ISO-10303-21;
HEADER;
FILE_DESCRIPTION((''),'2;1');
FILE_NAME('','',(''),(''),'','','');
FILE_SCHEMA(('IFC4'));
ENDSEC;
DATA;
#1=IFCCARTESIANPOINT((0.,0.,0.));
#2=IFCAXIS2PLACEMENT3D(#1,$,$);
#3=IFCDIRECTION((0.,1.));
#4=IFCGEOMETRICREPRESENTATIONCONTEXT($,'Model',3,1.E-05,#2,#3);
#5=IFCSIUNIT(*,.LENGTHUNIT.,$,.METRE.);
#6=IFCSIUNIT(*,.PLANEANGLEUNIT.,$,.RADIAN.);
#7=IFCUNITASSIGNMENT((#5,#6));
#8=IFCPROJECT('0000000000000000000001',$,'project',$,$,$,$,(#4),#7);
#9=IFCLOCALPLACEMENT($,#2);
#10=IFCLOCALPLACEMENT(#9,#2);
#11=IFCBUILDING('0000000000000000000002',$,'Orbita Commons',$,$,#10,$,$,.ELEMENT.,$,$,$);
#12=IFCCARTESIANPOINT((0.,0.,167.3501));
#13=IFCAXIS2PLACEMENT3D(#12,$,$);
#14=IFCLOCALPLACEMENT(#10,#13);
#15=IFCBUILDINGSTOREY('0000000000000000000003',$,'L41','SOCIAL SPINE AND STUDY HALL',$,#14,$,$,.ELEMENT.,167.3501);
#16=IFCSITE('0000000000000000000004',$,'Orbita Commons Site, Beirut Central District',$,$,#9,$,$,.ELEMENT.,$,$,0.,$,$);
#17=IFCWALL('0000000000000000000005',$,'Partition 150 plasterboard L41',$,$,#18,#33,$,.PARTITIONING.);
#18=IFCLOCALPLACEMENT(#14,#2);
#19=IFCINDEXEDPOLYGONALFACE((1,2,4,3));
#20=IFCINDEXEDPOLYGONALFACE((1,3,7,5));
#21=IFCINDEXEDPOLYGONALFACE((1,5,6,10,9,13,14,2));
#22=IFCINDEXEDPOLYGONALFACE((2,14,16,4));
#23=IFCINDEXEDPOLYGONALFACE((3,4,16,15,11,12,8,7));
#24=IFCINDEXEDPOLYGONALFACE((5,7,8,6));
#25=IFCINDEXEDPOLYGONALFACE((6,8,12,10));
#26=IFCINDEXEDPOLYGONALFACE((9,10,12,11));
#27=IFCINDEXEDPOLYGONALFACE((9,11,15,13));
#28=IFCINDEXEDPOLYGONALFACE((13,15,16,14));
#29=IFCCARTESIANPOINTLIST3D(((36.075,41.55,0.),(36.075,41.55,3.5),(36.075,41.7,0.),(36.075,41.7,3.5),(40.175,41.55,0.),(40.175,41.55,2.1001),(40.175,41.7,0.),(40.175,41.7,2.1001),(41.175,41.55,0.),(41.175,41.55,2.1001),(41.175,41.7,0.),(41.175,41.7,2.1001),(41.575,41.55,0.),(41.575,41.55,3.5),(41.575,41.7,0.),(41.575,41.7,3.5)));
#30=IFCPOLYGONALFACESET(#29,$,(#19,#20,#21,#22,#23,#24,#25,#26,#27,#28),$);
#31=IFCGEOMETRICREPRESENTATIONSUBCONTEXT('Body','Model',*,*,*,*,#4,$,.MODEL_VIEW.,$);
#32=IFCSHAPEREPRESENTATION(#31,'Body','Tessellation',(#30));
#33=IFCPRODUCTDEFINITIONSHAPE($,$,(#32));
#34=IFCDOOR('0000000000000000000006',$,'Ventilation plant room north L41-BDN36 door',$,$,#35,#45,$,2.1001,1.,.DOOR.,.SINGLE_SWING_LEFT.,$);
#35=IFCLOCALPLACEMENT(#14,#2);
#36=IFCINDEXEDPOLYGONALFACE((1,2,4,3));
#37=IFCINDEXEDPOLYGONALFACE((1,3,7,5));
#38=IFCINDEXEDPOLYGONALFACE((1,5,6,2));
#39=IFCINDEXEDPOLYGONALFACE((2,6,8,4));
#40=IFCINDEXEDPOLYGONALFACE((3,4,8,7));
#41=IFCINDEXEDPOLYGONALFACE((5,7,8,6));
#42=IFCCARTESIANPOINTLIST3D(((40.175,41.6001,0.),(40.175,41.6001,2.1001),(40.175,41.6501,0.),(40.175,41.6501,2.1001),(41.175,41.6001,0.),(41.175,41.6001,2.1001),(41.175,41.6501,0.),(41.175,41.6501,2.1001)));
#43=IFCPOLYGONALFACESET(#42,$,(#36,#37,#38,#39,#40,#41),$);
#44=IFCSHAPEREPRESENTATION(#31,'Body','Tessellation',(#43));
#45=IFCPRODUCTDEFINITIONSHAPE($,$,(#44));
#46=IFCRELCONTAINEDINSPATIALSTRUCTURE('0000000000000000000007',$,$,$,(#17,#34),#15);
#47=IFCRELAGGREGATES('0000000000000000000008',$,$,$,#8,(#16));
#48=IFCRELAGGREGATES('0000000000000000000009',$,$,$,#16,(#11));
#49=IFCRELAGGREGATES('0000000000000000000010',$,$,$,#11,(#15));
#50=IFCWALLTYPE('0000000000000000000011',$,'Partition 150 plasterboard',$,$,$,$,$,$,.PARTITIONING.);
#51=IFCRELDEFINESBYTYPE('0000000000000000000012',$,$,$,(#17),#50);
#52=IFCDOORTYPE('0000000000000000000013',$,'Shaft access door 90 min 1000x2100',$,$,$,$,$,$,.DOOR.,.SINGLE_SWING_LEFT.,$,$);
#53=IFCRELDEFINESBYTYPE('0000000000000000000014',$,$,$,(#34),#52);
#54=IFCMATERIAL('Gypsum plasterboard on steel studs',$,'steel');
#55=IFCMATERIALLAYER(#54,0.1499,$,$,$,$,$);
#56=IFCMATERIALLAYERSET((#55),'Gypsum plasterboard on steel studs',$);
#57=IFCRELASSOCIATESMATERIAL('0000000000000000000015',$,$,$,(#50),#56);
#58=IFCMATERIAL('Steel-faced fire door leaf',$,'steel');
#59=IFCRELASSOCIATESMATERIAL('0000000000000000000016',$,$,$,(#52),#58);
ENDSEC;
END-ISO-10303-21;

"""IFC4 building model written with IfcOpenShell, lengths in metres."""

from ifc_helpers import new_model, si_unit, direction, frame, frame_2d, origin, place, context, subcontext, project, spatial, rectangle, extrude, material, layer, layer_set, type_object, element, fill, save


model = new_model("IFC4")

# Units and contexts
model_context = context("Model", 3, precision=1e-05, world=origin(), true_north=direction((0.0, 1.0)))
body_context = subcontext(model_context, "Body", "Model", "MODEL_VIEW")
ifc_project = project(units=[si_unit("LENGTHUNIT", "METRE"), si_unit("PLANEANGLEUNIT", "RADIAN")], contexts=[model_context])

# Site, building, storey
site_placement = place(None, origin())
site = spatial("IfcSite", under=ifc_project, at=site_placement, Name="Orbita Commons Site, Beirut Central District", CompositionType="ELEMENT", RefElevation=0.0)
building_placement = place(site_placement, origin())
building = spatial("IfcBuilding", under=site, at=building_placement, Name="Orbita Commons", CompositionType="ELEMENT")
storey_placement = place(building_placement, frame((0.0, 0.0, 167.3501)))
storey = spatial("IfcBuildingStorey", under=building, at=storey_placement, Name="L41", Description="SOCIAL SPINE AND STUDY HALL", CompositionType="ELEMENT", Elevation=167.3501)

# Wall, opening, door
ifc_material_1 = material(Name="Gypsum plasterboard on steel studs", Category="steel")
ifc_layer_1 = layer(ifc_material_1, 0.1499)
ifc_layer_set_1 = layer_set([ifc_layer_1], Name="Gypsum plasterboard on steel studs")
wall_type_1 = type_object("IfcWallType", Name="Partition 150 plasterboard", PredefinedType="PARTITIONING", material=ifc_layer_set_1)
wall_1_placement = place(storey_placement, frame((41.575, 41.625, 0.0), z_axis=(0.0, 0.0, 1.0), x_axis=(-1.0, 0.0, 0.0)))
wall_1 = element("IfcWall", 1, at=wall_1_placement, inside=storey, type_object=wall_type_1, Name="Partition 150 plasterboard L41", PredefinedType="PARTITIONING", context=body_context, shape_type="SweptSolid", body=[
    extrude(rectangle(XDim=5.5, YDim=0.1499, at=frame_2d((2.75, 0.0))), origin(), (0.0, 0.0, 1.0), 3.5),
])
opening_1_placement = place(wall_1_placement, frame((0.3999, 0.0, 0.0)))
opening_1 = element("IfcOpeningElement", 2, at=opening_1_placement, cuts=wall_1, PredefinedType="OPENING", context=body_context, shape_type="SweptSolid", body=[
    extrude(rectangle(XDim=1.0, YDim=2.1001, at=frame_2d((0.5, 1.05))), frame((0.0, 0.085, 0.0), z_axis=(0.0, -1.0, 0.0), x_axis=(1.0, 0.0, 0.0)), (0.0, 0.0, 1.0), 0.1699),
])
ifc_material_2 = material(Name="Steel-faced fire door leaf", Category="steel")
door_type_1 = type_object("IfcDoorType", Name="Shaft access door 90 min 1000x2100", OperationType="SINGLE_SWING_LEFT", PredefinedType="DOOR", material=ifc_material_2)
door_1_placement = place(opening_1_placement, origin())
door_1 = element("IfcDoor", 3, at=door_1_placement, inside=storey, type_object=door_type_1, Name="Ventilation plant room north L41-BDN36 door", OperationType="SINGLE_SWING_LEFT", OverallHeight=2.1001, OverallWidth=1.0, PredefinedType="DOOR", context=body_context, shape_type="SweptSolid", body=[
    extrude(rectangle(XDim=1.0, YDim=2.1001, at=frame_2d((0.5, 1.05))), frame((0.0, 0.0249, 0.0), z_axis=(0.0, -1.0, 0.0), x_axis=(1.0, 0.0, 0.0)), (0.0, 0.0, 1.0), 0.05),
])
fill(opening_1, door_1)

save(model, "model.ifc")
